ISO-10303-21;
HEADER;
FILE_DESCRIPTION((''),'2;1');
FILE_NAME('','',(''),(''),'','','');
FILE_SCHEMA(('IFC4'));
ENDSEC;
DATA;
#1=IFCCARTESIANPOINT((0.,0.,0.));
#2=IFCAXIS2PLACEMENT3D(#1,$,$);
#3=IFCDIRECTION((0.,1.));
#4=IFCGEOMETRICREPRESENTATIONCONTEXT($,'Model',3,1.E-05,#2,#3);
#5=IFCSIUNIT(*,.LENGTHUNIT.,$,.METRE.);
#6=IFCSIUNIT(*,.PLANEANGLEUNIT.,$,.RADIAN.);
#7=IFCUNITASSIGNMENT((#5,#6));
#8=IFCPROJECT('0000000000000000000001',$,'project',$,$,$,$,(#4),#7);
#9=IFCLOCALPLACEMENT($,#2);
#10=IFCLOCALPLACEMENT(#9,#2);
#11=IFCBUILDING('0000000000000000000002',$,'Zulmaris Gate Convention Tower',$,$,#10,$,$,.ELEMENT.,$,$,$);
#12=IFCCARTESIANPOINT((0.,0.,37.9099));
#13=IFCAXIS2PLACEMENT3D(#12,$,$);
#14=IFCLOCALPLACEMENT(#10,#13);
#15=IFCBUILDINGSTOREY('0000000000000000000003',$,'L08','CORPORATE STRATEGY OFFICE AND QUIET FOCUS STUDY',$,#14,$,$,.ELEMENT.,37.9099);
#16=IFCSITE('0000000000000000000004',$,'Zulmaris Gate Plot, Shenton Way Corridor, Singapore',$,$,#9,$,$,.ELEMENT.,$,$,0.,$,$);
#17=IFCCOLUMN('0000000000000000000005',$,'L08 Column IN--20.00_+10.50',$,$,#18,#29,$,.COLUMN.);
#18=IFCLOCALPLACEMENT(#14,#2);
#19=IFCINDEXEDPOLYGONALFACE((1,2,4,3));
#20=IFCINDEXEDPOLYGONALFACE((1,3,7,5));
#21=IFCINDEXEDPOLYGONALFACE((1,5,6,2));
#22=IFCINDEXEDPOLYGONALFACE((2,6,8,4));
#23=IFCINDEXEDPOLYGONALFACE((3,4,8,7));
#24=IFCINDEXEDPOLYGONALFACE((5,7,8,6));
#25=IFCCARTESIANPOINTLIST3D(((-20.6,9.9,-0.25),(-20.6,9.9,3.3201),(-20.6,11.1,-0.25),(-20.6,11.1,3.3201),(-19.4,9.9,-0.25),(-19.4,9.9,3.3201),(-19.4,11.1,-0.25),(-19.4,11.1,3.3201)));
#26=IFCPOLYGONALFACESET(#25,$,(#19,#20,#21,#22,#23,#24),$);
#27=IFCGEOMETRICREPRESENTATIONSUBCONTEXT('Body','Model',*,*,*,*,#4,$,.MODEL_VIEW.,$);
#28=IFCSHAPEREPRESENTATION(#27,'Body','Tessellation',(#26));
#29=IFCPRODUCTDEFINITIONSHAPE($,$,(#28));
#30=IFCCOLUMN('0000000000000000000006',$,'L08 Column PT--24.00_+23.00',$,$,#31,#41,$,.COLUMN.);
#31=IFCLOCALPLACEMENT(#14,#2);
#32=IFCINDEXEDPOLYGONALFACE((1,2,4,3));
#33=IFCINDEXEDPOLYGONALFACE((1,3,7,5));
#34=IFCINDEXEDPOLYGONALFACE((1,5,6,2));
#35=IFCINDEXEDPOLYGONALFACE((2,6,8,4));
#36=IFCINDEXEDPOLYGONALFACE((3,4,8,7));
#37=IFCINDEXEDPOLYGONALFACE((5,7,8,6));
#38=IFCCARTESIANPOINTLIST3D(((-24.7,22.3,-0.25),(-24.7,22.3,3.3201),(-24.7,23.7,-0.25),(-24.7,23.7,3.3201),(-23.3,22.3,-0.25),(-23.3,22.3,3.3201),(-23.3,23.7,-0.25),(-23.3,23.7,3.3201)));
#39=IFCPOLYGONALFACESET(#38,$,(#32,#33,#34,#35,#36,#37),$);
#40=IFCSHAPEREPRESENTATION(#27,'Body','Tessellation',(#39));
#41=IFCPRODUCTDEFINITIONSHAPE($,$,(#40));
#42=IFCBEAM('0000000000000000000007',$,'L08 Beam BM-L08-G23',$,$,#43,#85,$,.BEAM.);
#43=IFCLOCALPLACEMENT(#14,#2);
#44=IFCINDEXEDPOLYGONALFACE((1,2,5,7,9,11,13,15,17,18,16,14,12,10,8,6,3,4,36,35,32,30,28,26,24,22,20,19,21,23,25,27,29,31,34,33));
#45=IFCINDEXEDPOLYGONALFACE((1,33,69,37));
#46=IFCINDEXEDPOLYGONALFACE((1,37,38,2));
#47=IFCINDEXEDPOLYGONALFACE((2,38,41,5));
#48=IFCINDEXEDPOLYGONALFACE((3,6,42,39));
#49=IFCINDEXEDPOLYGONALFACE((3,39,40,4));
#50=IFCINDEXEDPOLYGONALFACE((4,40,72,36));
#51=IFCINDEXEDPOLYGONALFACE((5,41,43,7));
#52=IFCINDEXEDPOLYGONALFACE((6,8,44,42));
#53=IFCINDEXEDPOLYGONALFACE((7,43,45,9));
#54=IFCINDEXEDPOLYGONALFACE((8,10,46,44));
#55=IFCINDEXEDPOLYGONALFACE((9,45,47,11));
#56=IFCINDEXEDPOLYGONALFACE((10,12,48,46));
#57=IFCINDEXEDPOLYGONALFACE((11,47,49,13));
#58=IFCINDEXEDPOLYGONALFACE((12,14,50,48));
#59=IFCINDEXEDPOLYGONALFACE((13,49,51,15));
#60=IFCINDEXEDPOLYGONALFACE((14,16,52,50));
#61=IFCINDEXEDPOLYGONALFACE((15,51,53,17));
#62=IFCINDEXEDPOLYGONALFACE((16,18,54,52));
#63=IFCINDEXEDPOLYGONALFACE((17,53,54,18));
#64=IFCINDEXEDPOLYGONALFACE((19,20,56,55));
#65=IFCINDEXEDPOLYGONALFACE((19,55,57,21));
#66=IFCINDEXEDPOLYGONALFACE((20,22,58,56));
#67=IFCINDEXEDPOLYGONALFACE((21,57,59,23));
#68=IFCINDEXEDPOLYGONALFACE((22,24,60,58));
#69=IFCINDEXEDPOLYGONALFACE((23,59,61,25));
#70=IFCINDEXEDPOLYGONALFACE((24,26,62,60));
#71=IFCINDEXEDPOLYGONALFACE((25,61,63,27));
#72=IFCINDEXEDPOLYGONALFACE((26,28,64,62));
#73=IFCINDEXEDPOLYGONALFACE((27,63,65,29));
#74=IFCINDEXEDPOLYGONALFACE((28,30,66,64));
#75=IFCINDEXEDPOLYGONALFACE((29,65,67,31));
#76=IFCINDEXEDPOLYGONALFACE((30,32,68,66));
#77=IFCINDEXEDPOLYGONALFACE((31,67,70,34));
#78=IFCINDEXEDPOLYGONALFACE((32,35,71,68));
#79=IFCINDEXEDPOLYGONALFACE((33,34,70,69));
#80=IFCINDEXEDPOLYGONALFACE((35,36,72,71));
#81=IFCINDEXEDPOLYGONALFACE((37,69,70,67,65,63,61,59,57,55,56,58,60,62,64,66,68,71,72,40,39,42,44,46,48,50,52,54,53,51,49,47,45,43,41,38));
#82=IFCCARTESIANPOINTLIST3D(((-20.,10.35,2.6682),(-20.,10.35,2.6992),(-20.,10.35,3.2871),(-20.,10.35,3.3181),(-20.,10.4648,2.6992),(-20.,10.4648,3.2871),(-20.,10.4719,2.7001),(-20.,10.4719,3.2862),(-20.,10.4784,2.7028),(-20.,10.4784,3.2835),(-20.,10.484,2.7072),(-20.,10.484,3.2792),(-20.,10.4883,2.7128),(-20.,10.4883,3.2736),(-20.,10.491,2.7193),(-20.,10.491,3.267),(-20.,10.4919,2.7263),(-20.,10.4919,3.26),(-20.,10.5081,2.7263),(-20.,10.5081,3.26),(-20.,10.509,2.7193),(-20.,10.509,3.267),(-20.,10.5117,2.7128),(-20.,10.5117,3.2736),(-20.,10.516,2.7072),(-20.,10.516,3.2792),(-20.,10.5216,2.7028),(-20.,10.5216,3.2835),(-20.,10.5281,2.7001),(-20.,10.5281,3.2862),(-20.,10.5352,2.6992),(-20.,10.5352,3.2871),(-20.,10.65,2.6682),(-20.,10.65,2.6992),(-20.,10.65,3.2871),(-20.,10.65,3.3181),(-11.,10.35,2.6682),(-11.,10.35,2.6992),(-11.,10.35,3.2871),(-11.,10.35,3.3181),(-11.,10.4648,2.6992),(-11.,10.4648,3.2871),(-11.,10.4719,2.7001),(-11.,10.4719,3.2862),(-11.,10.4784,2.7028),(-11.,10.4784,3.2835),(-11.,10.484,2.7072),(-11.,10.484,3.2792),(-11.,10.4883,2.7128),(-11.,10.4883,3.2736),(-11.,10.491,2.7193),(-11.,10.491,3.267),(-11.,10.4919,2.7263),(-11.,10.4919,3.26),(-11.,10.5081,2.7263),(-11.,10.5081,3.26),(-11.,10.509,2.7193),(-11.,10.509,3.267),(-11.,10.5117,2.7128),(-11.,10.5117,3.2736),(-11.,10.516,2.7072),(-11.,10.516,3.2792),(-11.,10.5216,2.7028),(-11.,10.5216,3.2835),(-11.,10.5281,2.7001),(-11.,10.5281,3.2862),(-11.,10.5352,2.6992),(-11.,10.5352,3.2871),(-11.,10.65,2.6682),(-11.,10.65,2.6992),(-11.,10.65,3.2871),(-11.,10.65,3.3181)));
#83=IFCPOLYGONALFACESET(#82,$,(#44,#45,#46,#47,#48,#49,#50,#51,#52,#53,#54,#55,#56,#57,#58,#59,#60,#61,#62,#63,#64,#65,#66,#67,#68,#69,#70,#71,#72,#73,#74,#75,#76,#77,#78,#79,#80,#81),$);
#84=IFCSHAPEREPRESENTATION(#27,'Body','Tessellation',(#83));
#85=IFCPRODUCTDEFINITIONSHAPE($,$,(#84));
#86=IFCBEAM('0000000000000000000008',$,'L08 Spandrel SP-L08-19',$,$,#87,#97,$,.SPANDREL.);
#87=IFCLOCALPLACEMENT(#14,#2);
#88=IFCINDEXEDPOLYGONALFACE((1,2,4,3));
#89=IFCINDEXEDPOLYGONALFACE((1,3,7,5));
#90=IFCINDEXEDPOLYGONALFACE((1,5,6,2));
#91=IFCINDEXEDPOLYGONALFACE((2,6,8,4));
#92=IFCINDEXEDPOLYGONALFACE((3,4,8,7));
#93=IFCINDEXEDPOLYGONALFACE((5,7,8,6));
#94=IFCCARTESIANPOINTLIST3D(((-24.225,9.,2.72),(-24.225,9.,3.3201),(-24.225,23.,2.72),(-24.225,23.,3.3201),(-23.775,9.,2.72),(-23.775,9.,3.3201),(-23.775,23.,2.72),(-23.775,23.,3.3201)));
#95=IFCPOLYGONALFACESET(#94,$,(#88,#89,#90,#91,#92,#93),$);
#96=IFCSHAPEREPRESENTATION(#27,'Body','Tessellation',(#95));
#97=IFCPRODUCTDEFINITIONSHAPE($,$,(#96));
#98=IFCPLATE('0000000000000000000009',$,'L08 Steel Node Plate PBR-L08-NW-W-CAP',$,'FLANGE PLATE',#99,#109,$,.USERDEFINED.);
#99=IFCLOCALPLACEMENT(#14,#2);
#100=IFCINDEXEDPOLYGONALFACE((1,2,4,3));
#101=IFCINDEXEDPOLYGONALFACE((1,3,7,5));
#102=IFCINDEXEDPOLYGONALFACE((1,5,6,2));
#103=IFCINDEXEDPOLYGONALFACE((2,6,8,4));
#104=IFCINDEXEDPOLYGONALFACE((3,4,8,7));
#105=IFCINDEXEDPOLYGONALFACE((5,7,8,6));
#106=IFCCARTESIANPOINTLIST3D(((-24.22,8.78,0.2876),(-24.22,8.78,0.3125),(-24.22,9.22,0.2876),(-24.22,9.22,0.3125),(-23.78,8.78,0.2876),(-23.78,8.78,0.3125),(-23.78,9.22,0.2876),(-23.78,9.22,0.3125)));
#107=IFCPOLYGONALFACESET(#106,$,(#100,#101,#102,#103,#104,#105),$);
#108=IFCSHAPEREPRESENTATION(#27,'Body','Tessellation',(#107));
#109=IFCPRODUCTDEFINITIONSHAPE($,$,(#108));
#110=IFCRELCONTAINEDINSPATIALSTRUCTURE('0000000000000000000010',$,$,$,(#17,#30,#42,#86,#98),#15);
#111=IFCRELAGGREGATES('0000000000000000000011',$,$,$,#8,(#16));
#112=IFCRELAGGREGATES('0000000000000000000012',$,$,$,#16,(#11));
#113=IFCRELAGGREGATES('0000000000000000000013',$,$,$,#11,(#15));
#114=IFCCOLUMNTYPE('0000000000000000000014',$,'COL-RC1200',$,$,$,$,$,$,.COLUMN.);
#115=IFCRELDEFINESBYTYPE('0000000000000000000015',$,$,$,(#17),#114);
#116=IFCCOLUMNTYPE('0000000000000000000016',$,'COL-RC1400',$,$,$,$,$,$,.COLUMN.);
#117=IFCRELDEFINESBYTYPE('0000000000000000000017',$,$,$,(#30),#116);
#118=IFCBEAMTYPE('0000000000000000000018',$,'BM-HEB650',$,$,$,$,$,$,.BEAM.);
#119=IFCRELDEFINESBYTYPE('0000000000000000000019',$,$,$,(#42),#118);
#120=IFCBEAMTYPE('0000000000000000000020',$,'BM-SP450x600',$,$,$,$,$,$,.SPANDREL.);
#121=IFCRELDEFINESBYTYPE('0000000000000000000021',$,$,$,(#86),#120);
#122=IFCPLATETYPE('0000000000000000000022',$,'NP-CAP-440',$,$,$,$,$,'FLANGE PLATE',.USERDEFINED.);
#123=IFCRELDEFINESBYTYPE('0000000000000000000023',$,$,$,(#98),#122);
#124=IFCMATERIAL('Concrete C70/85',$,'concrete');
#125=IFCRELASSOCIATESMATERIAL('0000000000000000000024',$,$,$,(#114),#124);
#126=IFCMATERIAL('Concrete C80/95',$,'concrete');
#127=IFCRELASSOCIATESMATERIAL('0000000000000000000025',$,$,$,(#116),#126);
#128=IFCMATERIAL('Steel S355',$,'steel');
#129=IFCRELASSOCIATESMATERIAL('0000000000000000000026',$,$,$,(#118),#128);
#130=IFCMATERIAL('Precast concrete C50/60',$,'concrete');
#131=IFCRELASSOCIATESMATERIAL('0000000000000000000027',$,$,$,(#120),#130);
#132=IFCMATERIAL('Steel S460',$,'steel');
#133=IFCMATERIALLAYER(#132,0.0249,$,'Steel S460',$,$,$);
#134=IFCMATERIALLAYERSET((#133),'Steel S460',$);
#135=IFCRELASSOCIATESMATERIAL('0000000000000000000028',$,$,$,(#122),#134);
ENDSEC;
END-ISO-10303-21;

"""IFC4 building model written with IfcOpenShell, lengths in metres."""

from ifc_helpers import new_model, si_unit, direction, frame, origin, origin_2d, place, context, subcontext, project, spatial, rectangle, i_section, extrude, material, layer, layer_set, material_profile, profile_set, type_object, element, save


model = new_model("IFC4")

# Units and contexts
model_context = context("Model", 3, precision=1e-05, world=origin(), true_north=direction((0.0, 1.0)))
body_context = subcontext(model_context, "Body", "Model", "MODEL_VIEW")
ifc_project = project(units=[si_unit("LENGTHUNIT", "METRE"), si_unit("PLANEANGLEUNIT", "RADIAN")], contexts=[model_context])

# Site, building, storey
site_placement = place(None, origin())
site = spatial("IfcSite", under=ifc_project, at=site_placement, Name="Zulmaris Gate Plot, Shenton Way Corridor, Singapore", CompositionType="ELEMENT", RefElevation=0.0)
building_placement = place(site_placement, origin())
building = spatial("IfcBuilding", under=site, at=building_placement, Name="Zulmaris Gate Convention Tower", CompositionType="ELEMENT")
storey_placement = place(building_placement, frame((0.0, 0.0, 37.9099)))
storey = spatial("IfcBuildingStorey", under=building, at=storey_placement, Name="L08", Description="CORPORATE STRATEGY OFFICE AND QUIET FOCUS STUDY", CompositionType="ELEMENT", Elevation=37.9099)

# Columns
ifc_material_1 = material(Name="Concrete C70/85", Category="concrete")
ifc_material_profile_1 = material_profile(ifc_material_1, rectangle(XDim=1.2, YDim=1.2, at=origin_2d()), Name="RC COL 1200x1200")
ifc_profile_set_1 = profile_set([ifc_material_profile_1], Name="Concrete C70/85")
column_type_1 = type_object("IfcColumnType", Name="COL-RC1200", PredefinedType="COLUMN", material=ifc_profile_set_1)
column_1_placement = place(storey_placement, frame((-20.0, 10.5, -0.25), z_axis=(0.0, 0.0, 1.0), x_axis=(1.0, 0.0, 0.0)))
element("IfcColumn", 1, at=column_1_placement, inside=storey, type_object=column_type_1, Name="L08 Column IN--20.00_+10.50", PredefinedType="COLUMN", context=body_context, shape_type="SweptSolid", body=[
    extrude(rectangle(XDim=1.2, YDim=1.2, at=origin_2d()), origin(), (0.0, 0.0, 1.0), 3.5701),
])
ifc_material_2 = material(Name="Concrete C80/95", Category="concrete")
ifc_material_profile_2 = material_profile(ifc_material_2, rectangle(XDim=1.3999, YDim=1.3999, at=origin_2d()), Name="RC COL 1400x1400")
ifc_profile_set_2 = profile_set([ifc_material_profile_2], Name="Concrete C80/95")
column_type_2 = type_object("IfcColumnType", Name="COL-RC1400", PredefinedType="COLUMN", material=ifc_profile_set_2)
column_2_placement = place(storey_placement, frame((-24.0, 23.0, -0.25), z_axis=(0.0, 0.0, 1.0), x_axis=(1.0, 0.0, 0.0)))
element("IfcColumn", 2, at=column_2_placement, inside=storey, type_object=column_type_2, Name="L08 Column PT--24.00_+23.00", PredefinedType="COLUMN", context=body_context, shape_type="SweptSolid", body=[
    extrude(rectangle(XDim=1.3999, YDim=1.3999, at=origin_2d()), origin(), (0.0, 0.0, 1.0), 3.5701),
])

# Beams
ifc_material_3 = material(Name="Steel S355", Category="steel")
ifc_material_profile_3 = material_profile(ifc_material_3, i_section(OverallWidth=0.3, OverallDepth=0.6499, WebThickness=0.0161, FlangeThickness=0.031, FilletRadius=0.0271, at=origin_2d()), Name="HEB 650")
ifc_profile_set_3 = profile_set([ifc_material_profile_3], Name="Steel S355")
beam_type_1 = type_object("IfcBeamType", Name="BM-HEB650", PredefinedType="BEAM", material=ifc_profile_set_3)
beam_1_placement = place(storey_placement, frame((-20.0, 10.5, 2.9932), z_axis=(1.0, 0.0, 0.0), x_axis=(0.0, 1.0, 0.0)))
element("IfcBeam", 3, at=beam_1_placement, inside=storey, type_object=beam_type_1, Name="L08 Beam BM-L08-G23", PredefinedType="BEAM", context=body_context, shape_type="SweptSolid", body=[
    extrude(i_section(OverallWidth=0.3, OverallDepth=0.6499, WebThickness=0.0161, FlangeThickness=0.031, FilletRadius=0.0271, at=origin_2d()), origin(), (0.0, 0.0, 1.0), 9.0),
])
ifc_material_4 = material(Name="Precast concrete C50/60", Category="concrete")
ifc_material_profile_4 = material_profile(ifc_material_4, rectangle(XDim=0.45, YDim=0.6001, at=origin_2d()), Name="RC SPANDREL 450x600")
ifc_profile_set_4 = profile_set([ifc_material_profile_4], Name="Precast concrete C50/60")
beam_type_2 = type_object("IfcBeamType", Name="BM-SP450x600", PredefinedType="SPANDREL", material=ifc_profile_set_4)
beam_2_placement = place(storey_placement, frame((-24.0, 23.0, 3.02), z_axis=(0.0, -1.0, 0.0), x_axis=(1.0, 0.0, 0.0)))
element("IfcBeam", 4, at=beam_2_placement, inside=storey, type_object=beam_type_2, Name="L08 Spandrel SP-L08-19", PredefinedType="SPANDREL", context=body_context, shape_type="SweptSolid", body=[
    extrude(rectangle(XDim=0.45, YDim=0.6001, at=origin_2d()), origin(), (0.0, 0.0, 1.0), 14.0),
])

# Plate
ifc_material_5 = material(Name="Steel S460", Category="steel")
ifc_layer_1 = layer(ifc_material_5, 0.0249, Name="Steel S460")
ifc_layer_set_1 = layer_set([ifc_layer_1], Name="Steel S460")
plate_type = type_object("IfcPlateType", Name="NP-CAP-440", ElementType="FLANGE PLATE", PredefinedType="USERDEFINED", material=ifc_layer_set_1)
plate_placement = place(storey_placement, frame((-24.0, 9.0, 0.2876), z_axis=(0.0, 0.0, 1.0), x_axis=(1.0, 0.0, 0.0)))
element("IfcPlate", 5, at=plate_placement, inside=storey, type_object=plate_type, Name="L08 Steel Node Plate PBR-L08-NW-W-CAP", ObjectType="FLANGE PLATE", PredefinedType="USERDEFINED", context=body_context, shape_type="SweptSolid", body=[
    extrude(rectangle(XDim=0.4399, YDim=0.4399, at=origin_2d()), origin(), (0.0, 0.0, 1.0), 0.0249),
])

save(model, "model.ifc")
